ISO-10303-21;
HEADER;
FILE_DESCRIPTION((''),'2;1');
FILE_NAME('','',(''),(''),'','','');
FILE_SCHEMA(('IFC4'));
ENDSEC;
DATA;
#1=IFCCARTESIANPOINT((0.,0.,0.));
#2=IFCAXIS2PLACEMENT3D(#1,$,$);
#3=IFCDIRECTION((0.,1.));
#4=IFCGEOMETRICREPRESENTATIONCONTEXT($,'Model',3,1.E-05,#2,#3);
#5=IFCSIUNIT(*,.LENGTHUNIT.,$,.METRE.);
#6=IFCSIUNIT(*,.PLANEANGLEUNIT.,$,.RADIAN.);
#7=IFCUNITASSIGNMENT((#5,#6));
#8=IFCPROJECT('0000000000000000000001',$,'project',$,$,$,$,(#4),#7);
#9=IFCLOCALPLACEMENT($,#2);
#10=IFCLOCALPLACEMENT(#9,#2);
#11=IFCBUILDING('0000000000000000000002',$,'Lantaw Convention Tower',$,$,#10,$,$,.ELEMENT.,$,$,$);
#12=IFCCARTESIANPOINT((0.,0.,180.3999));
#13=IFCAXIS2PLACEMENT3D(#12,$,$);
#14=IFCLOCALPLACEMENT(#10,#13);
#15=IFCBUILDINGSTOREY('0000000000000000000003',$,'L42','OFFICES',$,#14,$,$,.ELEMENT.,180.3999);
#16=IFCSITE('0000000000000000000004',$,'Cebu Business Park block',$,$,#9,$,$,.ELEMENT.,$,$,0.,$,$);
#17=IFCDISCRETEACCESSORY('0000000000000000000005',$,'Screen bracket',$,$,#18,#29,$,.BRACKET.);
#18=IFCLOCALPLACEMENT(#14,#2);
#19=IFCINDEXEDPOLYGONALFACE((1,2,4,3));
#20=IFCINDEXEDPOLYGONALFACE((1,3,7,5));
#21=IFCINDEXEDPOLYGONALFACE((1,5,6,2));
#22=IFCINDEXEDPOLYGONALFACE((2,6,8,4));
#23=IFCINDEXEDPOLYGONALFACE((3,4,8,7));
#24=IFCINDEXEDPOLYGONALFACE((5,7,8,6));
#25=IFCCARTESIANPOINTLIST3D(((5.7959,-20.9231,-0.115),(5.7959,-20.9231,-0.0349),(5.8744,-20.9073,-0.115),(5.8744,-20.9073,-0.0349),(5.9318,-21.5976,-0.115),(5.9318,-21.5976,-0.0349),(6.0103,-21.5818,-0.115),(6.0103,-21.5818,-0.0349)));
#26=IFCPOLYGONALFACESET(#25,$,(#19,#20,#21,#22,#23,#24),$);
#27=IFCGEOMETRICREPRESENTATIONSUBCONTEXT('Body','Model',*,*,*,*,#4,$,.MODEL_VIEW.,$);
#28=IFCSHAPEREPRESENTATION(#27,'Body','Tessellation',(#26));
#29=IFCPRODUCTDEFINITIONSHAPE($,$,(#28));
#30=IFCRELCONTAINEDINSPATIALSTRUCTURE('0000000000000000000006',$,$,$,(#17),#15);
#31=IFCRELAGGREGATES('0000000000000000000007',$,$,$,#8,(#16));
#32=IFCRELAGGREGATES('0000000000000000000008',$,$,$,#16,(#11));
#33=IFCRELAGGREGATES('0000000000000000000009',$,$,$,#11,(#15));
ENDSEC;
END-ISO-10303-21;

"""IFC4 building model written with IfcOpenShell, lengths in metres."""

from ifc_helpers import new_model, si_unit, direction, frame, origin, origin_2d, place, context, subcontext, project, spatial, rectangle, extrude, element, save


model = new_model("IFC4")

# Units and contexts
model_context = context("Model", 3, precision=1e-05, world=origin(), true_north=direction((0.0, 1.0)))
body_context = subcontext(model_context, "Body", "Model", "MODEL_VIEW")
ifc_project = project(units=[si_unit("LENGTHUNIT", "METRE"), si_unit("PLANEANGLEUNIT", "RADIAN")], contexts=[model_context])

# Site, building, storey
site_placement = place(None, origin())
site = spatial("IfcSite", under=ifc_project, at=site_placement, Name="Cebu Business Park block", CompositionType="ELEMENT", RefElevation=0.0)
building_placement = place(site_placement, origin())
building = spatial("IfcBuilding", under=site, at=building_placement, Name="Lantaw Convention Tower", CompositionType="ELEMENT")
storey_placement = place(building_placement, frame((0.0, 0.0, 180.3999)))
storey = spatial("IfcBuildingStorey", under=building, at=storey_placement, Name="L42", Description="OFFICES", CompositionType="ELEMENT", Elevation=180.3999)

# Discrete accessory
for number, where, z_axis, x_axis, name in (
    (1, (5.9031, -21.2524, -0.115), (0.0, 0.0, 1.0), (0.980302, 0.197507, 0.0), "Screen bracket"),
):
    element("IfcDiscreteAccessory", number, at=place(storey_placement, frame(where, z_axis=z_axis, x_axis=x_axis)), inside=storey, Name=name, PredefinedType="BRACKET", context=body_context, shape_type="SweptSolid", body=[
        extrude(rectangle(XDim=0.0801, YDim=0.688, at=origin_2d()), origin(), (0.0, 0.0, 1.0), 0.0801),
    ])

save(model, "model.ifc")
